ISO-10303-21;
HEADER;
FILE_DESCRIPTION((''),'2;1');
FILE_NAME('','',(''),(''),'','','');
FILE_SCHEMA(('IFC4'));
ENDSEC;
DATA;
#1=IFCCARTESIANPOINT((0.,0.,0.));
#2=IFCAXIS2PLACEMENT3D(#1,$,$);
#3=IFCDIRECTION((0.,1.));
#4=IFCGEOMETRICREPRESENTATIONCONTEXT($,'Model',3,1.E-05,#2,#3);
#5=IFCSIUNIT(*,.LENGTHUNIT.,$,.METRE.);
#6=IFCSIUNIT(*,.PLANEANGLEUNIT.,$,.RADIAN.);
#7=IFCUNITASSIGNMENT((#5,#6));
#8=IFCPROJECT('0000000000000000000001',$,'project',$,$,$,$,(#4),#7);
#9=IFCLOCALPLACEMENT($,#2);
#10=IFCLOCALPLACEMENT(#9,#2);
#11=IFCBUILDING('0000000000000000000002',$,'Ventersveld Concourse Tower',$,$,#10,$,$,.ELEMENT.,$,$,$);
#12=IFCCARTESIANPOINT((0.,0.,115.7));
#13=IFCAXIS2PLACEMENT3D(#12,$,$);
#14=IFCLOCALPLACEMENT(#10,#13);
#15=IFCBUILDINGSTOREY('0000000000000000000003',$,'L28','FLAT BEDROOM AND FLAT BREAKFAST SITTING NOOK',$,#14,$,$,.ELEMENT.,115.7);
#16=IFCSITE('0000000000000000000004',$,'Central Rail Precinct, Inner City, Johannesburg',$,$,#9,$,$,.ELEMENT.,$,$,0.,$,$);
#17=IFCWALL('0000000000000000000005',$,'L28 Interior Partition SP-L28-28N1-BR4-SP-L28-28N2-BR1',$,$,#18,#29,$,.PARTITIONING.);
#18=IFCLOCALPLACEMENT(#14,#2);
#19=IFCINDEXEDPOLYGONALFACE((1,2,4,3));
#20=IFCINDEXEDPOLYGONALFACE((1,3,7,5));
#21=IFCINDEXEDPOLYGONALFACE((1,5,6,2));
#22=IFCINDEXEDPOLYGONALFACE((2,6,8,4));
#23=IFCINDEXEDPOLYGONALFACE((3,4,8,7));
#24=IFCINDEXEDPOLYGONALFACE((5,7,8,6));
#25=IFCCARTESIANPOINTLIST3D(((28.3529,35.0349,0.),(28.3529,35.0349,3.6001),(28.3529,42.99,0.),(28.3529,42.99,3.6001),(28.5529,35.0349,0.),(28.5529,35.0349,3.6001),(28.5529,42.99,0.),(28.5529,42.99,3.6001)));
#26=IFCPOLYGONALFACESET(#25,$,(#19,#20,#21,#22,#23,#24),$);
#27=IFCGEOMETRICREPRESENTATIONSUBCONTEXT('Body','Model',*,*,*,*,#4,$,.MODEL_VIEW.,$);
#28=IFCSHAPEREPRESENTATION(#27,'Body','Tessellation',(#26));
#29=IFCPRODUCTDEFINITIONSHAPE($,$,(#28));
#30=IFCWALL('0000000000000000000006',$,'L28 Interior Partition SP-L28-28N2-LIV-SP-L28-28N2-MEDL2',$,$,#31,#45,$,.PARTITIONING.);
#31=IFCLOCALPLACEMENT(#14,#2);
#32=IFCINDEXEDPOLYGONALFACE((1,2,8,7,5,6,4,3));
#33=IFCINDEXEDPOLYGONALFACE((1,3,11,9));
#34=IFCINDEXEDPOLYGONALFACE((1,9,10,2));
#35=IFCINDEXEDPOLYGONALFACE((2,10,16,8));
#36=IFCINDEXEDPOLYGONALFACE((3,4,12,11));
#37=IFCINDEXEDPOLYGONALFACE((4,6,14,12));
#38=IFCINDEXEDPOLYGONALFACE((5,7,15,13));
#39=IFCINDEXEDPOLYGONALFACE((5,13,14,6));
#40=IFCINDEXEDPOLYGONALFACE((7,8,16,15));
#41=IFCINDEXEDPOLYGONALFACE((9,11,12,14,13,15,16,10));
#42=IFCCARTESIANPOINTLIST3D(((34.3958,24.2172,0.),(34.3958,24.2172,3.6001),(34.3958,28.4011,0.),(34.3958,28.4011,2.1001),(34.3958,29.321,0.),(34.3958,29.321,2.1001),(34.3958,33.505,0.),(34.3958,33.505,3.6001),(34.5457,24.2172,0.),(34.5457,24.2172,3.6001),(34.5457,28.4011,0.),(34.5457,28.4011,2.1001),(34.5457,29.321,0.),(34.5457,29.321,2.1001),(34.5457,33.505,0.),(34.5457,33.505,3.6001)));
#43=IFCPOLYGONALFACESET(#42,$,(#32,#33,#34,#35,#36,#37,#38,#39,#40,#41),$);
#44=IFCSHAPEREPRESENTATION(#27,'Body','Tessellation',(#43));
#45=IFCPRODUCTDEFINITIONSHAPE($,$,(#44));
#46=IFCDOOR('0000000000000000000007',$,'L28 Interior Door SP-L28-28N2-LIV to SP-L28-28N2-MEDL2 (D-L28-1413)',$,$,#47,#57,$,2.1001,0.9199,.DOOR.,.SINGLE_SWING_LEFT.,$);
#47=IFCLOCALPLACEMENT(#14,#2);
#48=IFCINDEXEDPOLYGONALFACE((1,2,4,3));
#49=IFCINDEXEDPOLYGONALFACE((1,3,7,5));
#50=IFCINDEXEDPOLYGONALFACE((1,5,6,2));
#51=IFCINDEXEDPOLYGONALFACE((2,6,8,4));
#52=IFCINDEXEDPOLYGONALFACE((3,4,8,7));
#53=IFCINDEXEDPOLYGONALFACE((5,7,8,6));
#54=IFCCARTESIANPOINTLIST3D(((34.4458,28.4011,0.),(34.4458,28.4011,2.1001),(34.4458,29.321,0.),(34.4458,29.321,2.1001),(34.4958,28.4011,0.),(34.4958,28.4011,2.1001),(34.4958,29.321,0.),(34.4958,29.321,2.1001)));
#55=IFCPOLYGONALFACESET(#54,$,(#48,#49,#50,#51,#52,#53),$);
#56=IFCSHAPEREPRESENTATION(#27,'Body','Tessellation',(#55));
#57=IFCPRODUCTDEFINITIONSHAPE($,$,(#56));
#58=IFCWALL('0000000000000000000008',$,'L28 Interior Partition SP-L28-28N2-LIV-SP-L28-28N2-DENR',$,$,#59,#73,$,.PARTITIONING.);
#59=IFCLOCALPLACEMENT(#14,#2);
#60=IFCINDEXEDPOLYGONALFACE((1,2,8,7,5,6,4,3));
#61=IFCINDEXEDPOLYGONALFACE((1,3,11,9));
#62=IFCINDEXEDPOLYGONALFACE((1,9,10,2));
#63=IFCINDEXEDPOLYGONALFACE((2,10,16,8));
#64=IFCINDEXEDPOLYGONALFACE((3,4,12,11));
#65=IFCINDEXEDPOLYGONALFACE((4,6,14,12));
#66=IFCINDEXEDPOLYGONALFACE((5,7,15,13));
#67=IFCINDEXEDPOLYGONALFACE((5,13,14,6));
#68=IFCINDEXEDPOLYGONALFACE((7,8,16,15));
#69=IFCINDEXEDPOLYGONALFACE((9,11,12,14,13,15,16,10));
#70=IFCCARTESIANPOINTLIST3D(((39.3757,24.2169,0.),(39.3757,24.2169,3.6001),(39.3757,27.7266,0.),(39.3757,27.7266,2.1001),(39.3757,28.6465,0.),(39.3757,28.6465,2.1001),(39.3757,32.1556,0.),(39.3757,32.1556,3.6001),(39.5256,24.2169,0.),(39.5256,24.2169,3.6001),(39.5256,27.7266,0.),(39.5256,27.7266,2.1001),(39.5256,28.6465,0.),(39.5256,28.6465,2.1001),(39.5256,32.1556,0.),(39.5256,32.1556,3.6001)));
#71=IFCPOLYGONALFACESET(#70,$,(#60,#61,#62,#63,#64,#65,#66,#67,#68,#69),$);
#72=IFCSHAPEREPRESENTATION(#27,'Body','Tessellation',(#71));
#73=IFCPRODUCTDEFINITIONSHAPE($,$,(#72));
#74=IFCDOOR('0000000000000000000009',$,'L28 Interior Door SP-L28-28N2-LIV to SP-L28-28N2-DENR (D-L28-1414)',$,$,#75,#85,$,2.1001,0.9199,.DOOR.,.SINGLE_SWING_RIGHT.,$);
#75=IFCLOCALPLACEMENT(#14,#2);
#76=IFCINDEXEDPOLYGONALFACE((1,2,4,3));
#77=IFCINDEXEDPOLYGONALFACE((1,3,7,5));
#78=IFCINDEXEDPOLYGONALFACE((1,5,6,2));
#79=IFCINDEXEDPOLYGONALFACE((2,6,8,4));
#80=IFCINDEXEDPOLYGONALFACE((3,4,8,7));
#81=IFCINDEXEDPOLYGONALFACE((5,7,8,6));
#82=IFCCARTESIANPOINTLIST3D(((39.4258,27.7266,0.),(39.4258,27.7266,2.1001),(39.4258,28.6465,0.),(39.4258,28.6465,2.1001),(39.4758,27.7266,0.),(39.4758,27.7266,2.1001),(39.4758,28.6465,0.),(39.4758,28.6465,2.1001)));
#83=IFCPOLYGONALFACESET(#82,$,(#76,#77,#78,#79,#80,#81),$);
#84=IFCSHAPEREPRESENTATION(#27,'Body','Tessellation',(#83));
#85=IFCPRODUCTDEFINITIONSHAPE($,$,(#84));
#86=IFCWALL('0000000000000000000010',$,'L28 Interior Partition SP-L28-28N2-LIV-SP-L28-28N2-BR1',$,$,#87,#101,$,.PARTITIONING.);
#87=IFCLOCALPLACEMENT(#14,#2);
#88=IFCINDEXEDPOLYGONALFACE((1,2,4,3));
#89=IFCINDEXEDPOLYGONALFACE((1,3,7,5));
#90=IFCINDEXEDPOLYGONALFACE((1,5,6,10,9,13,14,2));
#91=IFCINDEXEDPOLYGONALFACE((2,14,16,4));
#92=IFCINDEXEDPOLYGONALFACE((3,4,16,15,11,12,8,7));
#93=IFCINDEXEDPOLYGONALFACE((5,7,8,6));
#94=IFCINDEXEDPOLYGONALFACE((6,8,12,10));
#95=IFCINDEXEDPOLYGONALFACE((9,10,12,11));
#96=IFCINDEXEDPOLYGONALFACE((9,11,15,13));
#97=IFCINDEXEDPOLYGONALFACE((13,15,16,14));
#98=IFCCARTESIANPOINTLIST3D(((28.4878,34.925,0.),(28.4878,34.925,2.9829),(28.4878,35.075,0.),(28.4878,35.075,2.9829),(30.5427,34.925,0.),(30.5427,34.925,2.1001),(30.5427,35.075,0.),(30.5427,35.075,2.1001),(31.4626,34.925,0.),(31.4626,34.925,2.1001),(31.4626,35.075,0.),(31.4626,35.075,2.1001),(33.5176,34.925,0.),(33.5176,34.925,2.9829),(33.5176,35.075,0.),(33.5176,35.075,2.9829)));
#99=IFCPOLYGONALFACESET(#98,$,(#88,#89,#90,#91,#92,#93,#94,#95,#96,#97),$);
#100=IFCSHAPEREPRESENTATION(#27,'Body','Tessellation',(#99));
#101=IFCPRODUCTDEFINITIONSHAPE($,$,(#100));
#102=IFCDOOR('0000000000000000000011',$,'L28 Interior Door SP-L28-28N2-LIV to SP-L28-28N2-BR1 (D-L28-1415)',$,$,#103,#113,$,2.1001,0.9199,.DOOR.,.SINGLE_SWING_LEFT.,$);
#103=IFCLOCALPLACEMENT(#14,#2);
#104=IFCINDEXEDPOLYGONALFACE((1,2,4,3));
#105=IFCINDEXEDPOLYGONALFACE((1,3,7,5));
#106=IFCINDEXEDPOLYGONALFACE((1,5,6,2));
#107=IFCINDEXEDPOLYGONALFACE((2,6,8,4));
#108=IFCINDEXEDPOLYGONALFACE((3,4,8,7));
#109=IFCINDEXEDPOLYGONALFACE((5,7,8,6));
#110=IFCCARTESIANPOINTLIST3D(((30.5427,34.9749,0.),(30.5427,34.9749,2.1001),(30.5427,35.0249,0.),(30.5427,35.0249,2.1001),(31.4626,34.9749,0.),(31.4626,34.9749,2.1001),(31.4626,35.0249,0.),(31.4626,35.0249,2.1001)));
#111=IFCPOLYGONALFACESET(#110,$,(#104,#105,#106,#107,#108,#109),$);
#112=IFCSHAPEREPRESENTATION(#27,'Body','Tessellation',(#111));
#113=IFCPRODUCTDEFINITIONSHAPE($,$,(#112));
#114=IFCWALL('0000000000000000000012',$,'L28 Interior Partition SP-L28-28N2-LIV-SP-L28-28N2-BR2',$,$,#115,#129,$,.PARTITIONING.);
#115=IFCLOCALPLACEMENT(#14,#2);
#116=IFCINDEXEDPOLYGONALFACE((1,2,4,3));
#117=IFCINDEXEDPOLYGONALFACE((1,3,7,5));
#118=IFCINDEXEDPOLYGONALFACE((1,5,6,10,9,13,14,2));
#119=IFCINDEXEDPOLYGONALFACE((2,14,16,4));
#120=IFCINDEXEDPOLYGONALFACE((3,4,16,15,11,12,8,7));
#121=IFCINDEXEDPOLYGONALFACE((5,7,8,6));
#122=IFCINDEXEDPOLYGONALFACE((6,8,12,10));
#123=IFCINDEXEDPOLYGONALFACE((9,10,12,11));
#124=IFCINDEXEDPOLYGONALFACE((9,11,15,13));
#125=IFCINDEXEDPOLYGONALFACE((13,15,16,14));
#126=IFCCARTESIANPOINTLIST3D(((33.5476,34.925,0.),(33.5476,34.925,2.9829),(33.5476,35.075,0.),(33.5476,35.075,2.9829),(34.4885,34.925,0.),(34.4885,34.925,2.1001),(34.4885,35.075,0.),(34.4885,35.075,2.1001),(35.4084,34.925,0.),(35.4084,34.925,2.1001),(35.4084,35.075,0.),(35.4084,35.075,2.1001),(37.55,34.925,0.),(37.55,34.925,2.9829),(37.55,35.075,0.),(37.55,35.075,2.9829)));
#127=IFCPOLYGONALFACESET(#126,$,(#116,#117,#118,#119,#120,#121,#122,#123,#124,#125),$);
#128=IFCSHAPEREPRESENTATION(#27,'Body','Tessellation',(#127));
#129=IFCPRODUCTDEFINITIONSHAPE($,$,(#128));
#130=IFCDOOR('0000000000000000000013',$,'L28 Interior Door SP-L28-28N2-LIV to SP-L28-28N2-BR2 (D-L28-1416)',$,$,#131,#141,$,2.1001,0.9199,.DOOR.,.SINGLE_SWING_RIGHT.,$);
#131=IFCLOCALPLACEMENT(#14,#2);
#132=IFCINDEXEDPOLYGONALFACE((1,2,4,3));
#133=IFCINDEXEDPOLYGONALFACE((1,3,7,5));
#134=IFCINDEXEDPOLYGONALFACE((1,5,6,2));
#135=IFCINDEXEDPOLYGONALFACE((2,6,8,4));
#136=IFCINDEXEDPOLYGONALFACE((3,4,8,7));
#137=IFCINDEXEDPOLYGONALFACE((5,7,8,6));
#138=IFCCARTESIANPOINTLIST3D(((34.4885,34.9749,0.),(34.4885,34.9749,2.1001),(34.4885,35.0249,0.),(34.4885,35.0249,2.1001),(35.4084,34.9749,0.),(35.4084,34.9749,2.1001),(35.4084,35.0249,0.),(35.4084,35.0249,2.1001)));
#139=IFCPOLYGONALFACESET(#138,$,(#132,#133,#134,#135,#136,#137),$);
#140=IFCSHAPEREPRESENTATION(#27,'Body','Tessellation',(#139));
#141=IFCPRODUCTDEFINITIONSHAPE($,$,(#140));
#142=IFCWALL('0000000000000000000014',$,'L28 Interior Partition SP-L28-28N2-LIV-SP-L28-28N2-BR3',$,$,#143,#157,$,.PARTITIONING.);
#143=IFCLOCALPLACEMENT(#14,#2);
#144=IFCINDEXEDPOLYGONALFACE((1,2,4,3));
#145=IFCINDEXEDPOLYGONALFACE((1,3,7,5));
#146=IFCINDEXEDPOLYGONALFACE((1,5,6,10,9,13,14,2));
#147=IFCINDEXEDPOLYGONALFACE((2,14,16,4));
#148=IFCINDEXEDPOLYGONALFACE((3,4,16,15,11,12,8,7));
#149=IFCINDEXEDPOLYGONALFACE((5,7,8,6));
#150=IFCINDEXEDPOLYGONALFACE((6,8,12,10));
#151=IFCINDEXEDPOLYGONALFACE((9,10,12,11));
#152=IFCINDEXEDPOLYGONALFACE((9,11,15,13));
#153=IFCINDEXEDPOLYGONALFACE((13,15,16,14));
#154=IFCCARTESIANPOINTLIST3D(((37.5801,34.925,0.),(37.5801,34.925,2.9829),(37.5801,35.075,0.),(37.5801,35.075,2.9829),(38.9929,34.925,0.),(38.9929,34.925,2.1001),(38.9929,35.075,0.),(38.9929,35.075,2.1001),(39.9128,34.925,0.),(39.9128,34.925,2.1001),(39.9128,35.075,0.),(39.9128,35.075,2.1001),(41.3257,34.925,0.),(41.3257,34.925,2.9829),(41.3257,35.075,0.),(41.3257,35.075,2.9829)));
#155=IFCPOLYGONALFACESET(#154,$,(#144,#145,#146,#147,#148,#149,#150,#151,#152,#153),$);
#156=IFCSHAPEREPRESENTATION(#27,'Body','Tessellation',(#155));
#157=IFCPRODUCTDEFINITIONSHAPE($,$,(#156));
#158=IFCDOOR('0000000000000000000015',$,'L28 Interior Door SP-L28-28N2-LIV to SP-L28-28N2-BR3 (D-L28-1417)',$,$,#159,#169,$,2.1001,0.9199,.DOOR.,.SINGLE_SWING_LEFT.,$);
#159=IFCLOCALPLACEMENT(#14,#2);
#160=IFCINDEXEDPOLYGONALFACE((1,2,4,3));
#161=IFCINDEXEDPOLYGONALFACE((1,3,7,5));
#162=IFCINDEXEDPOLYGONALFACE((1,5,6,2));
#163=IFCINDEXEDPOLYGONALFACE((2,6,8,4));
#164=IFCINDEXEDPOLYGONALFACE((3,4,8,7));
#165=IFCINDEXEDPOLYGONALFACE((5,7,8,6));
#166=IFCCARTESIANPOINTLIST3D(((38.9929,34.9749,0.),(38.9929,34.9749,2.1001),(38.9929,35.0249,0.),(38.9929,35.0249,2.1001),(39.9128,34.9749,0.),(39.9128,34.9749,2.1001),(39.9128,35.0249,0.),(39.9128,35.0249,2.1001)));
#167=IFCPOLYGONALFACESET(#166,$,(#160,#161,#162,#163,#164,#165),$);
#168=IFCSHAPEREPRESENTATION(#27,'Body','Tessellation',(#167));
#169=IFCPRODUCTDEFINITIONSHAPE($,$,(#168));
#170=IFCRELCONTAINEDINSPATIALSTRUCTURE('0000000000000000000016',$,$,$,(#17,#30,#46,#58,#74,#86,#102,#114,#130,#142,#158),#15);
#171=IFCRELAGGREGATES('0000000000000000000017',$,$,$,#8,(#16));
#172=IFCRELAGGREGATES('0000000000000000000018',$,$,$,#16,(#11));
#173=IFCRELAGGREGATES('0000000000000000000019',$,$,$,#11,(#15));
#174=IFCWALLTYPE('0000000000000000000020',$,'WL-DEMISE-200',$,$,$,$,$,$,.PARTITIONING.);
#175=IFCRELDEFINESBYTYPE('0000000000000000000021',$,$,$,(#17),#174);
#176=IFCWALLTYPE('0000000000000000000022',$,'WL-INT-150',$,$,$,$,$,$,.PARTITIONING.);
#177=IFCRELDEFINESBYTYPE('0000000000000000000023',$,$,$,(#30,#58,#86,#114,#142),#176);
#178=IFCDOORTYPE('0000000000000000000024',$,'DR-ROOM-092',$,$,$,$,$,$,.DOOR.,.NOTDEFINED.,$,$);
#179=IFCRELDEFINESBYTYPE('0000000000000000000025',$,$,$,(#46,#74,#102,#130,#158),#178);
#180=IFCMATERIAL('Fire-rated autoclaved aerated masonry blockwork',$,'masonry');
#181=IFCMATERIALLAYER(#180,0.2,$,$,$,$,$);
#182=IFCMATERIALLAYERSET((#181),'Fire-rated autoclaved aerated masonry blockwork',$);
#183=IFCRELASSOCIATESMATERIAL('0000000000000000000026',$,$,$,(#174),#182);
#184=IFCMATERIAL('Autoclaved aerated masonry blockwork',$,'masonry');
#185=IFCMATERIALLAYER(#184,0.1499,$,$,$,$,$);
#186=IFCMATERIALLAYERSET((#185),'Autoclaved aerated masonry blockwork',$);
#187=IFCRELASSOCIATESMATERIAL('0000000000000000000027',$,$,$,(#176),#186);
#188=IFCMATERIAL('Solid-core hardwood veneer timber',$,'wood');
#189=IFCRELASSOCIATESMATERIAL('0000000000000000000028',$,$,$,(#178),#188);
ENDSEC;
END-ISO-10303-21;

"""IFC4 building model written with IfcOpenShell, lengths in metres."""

from ifc_helpers import new_model, si_unit, direction, frame, frame_2d, origin, place, context, subcontext, project, spatial, rectangle, extrude, material, layer, layer_set, type_object, element, fill, save


model = new_model("IFC4")

# Units and contexts
model_context = context("Model", 3, precision=1e-05, world=origin(), true_north=direction((0.0, 1.0)))
body_context = subcontext(model_context, "Body", "Model", "MODEL_VIEW")
ifc_project = project(units=[si_unit("LENGTHUNIT", "METRE"), si_unit("PLANEANGLEUNIT", "RADIAN")], contexts=[model_context])

# Site, building, storey
site_placement = place(None, origin())
site = spatial("IfcSite", under=ifc_project, at=site_placement, Name="Central Rail Precinct, Inner City, Johannesburg", CompositionType="ELEMENT", RefElevation=0.0)
building_placement = place(site_placement, origin())
building = spatial("IfcBuilding", under=site, at=building_placement, Name="Ventersveld Concourse Tower", CompositionType="ELEMENT")
storey_placement = place(building_placement, frame((0.0, 0.0, 115.7)))
storey = spatial("IfcBuildingStorey", under=building, at=storey_placement, Name="L28", Description="FLAT BEDROOM AND FLAT BREAKFAST SITTING NOOK", CompositionType="ELEMENT", Elevation=115.7)

# Wall
ifc_material_1 = material(Name="Fire-rated autoclaved aerated masonry blockwork", Category="masonry")
ifc_layer_1 = layer(ifc_material_1, 0.2)
ifc_layer_set_1 = layer_set([ifc_layer_1], Name="Fire-rated autoclaved aerated masonry blockwork")
wall_type_1 = type_object("IfcWallType", Name="WL-DEMISE-200", PredefinedType="PARTITIONING", material=ifc_layer_set_1)
wall_1_placement = place(storey_placement, frame((28.4529, 35.0349, 0.0), z_axis=(0.0, 0.0, 1.0), x_axis=(0.0, 1.0, 0.0)))
element("IfcWall", 1, at=wall_1_placement, inside=storey, type_object=wall_type_1, Name="L28 Interior Partition SP-L28-28N1-BR4-SP-L28-28N2-BR1", PredefinedType="PARTITIONING", context=body_context, shape_type="SweptSolid", body=[
    extrude(rectangle(XDim=7.9551, YDim=0.2, at=frame_2d((3.9775, 0.0))), origin(), (0.0, 0.0, 1.0), 3.6001),
])

# Walls, openings, doors
ifc_material_2 = material(Name="Autoclaved aerated masonry blockwork", Category="masonry")
ifc_layer_2 = layer(ifc_material_2, 0.1499)
ifc_layer_set_2 = layer_set([ifc_layer_2], Name="Autoclaved aerated masonry blockwork")
wall_type_2 = type_object("IfcWallType", Name="WL-INT-150", PredefinedType="PARTITIONING", material=ifc_layer_set_2)
wall_2_placement = place(storey_placement, frame((34.4707, 24.217, 0.0), z_axis=(0.0, 0.0, 1.0), x_axis=(0.0, 1.0, 0.0)))
wall_2 = element("IfcWall", 2, at=wall_2_placement, inside=storey, type_object=wall_type_2, Name="L28 Interior Partition SP-L28-28N2-LIV-SP-L28-28N2-MEDL2", PredefinedType="PARTITIONING", context=body_context, shape_type="SweptSolid", body=[
    extrude(rectangle(XDim=9.2878, YDim=0.1499, at=frame_2d((4.644, 0.0))), origin(), (0.0, 0.0, 1.0), 3.6001),
])
opening_1_placement = place(wall_2_placement, frame((4.1841, 0.0, 0.0)))
opening_1 = element("IfcOpeningElement", 3, at=opening_1_placement, cuts=wall_2, PredefinedType="OPENING", context=body_context, shape_type="SweptSolid", body=[
    extrude(rectangle(XDim=0.9199, YDim=2.1001, at=frame_2d((0.46, 1.05))), frame((0.0, 0.085, 0.0), z_axis=(0.0, -1.0, 0.0), x_axis=(1.0, 0.0, 0.0)), (0.0, 0.0, 1.0), 0.1699),
])
ifc_material_3 = material(Name="Solid-core hardwood veneer timber", Category="wood")
door_type = type_object("IfcDoorType", Name="DR-ROOM-092", OperationType="NOTDEFINED", PredefinedType="DOOR", material=ifc_material_3)
door_1_placement = place(opening_1_placement, origin())
door_1 = element("IfcDoor", 4, at=door_1_placement, inside=storey, type_object=door_type, Name="L28 Interior Door SP-L28-28N2-LIV to SP-L28-28N2-MEDL2 (D-L28-1413)", OperationType="SINGLE_SWING_LEFT", OverallHeight=2.1001, OverallWidth=0.9199, PredefinedType="DOOR", context=body_context, shape_type="SweptSolid", body=[
    extrude(rectangle(XDim=0.9199, YDim=2.1001, at=frame_2d((0.46, 1.05))), frame((0.0, 0.0249, 0.0), z_axis=(0.0, -1.0, 0.0), x_axis=(1.0, 0.0, 0.0)), (0.0, 0.0, 1.0), 0.05),
])
fill(opening_1, door_1)
wall_3_placement = place(storey_placement, frame((39.4507, 24.217, 0.0), z_axis=(0.0, 0.0, 1.0), x_axis=(0.0, 1.0, 0.0)))
wall_3 = element("IfcWall", 5, at=wall_3_placement, inside=storey, type_object=wall_type_2, Name="L28 Interior Partition SP-L28-28N2-LIV-SP-L28-28N2-DENR", PredefinedType="PARTITIONING", context=body_context, shape_type="SweptSolid", body=[
    extrude(rectangle(XDim=7.9387, YDim=0.1499, at=frame_2d((3.9692, 0.0))), origin(), (0.0, 0.0, 1.0), 3.6001),
])
opening_2_placement = place(wall_3_placement, frame((3.5095, 0.0, 0.0)))
opening_2 = element("IfcOpeningElement", 6, at=opening_2_placement, cuts=wall_3, PredefinedType="OPENING", context=body_context, shape_type="SweptSolid", body=[
    extrude(rectangle(XDim=0.9199, YDim=2.1001, at=frame_2d((0.46, 1.05))), frame((0.0, 0.085, 0.0), z_axis=(0.0, -1.0, 0.0), x_axis=(1.0, 0.0, 0.0)), (0.0, 0.0, 1.0), 0.1699),
])
door_2_placement = place(opening_2_placement, origin())
door_2 = element("IfcDoor", 7, at=door_2_placement, inside=storey, type_object=door_type, Name="L28 Interior Door SP-L28-28N2-LIV to SP-L28-28N2-DENR (D-L28-1414)", OperationType="SINGLE_SWING_RIGHT", OverallHeight=2.1001, OverallWidth=0.9199, PredefinedType="DOOR", context=body_context, shape_type="SweptSolid", body=[
    extrude(rectangle(XDim=0.9199, YDim=2.1001, at=frame_2d((0.46, 1.05))), frame((0.0, 0.0249, 0.0), z_axis=(0.0, -1.0, 0.0), x_axis=(1.0, 0.0, 0.0)), (0.0, 0.0, 1.0), 0.05),
])
fill(opening_2, door_2)
wall_4_placement = place(storey_placement, frame((28.4878, 35.0, 0.0), z_axis=(0.0, 0.0, 1.0), x_axis=(1.0, 0.0, 0.0)))
wall_4 = element("IfcWall", 8, at=wall_4_placement, inside=storey, type_object=wall_type_2, Name="L28 Interior Partition SP-L28-28N2-LIV-SP-L28-28N2-BR1", PredefinedType="PARTITIONING", context=body_context, shape_type="SweptSolid", body=[
    extrude(rectangle(XDim=5.0298, YDim=0.1499, at=frame_2d((2.5149, 0.0))), origin(), (0.0, 0.0, 1.0), 2.9829),
])
opening_3_placement = place(wall_4_placement, frame((2.0549, 0.0, 0.0)))
opening_3 = element("IfcOpeningElement", 9, at=opening_3_placement, cuts=wall_4, PredefinedType="OPENING", context=body_context, shape_type="SweptSolid", body=[
    extrude(rectangle(XDim=0.9199, YDim=2.1001, at=frame_2d((0.46, 1.05))), frame((0.0, 0.085, 0.0), z_axis=(0.0, -1.0, 0.0), x_axis=(1.0, 0.0, 0.0)), (0.0, 0.0, 1.0), 0.1699),
])
door_3_placement = place(opening_3_placement, origin())
door_3 = element("IfcDoor", 10, at=door_3_placement, inside=storey, type_object=door_type, Name="L28 Interior Door SP-L28-28N2-LIV to SP-L28-28N2-BR1 (D-L28-1415)", OperationType="SINGLE_SWING_LEFT", OverallHeight=2.1001, OverallWidth=0.9199, PredefinedType="DOOR", context=body_context, shape_type="SweptSolid", body=[
    extrude(rectangle(XDim=0.9199, YDim=2.1001, at=frame_2d((0.46, 1.05))), frame((0.0, 0.0249, 0.0), z_axis=(0.0, -1.0, 0.0), x_axis=(1.0, 0.0, 0.0)), (0.0, 0.0, 1.0), 0.05),
])
fill(opening_3, door_3)
wall_5_placement = place(storey_placement, frame((33.5476, 35.0, 0.0), z_axis=(0.0, 0.0, 1.0), x_axis=(1.0, 0.0, 0.0)))
wall_5 = element("IfcWall", 11, at=wall_5_placement, inside=storey, type_object=wall_type_2, Name="L28 Interior Partition SP-L28-28N2-LIV-SP-L28-28N2-BR2", PredefinedType="PARTITIONING", context=body_context, shape_type="SweptSolid", body=[
    extrude(rectangle(XDim=4.0024, YDim=0.1499, at=frame_2d((2.0012, 0.0))), origin(), (0.0, 0.0, 1.0), 2.9829),
])
opening_4_placement = place(wall_5_placement, frame((0.9409, 0.0, 0.0)))
opening_4 = element("IfcOpeningElement", 12, at=opening_4_placement, cuts=wall_5, PredefinedType="OPENING", context=body_context, shape_type="SweptSolid", body=[
    extrude(rectangle(XDim=0.9199, YDim=2.1001, at=frame_2d((0.46, 1.05))), frame((0.0, 0.085, 0.0), z_axis=(0.0, -1.0, 0.0), x_axis=(1.0, 0.0, 0.0)), (0.0, 0.0, 1.0), 0.1699),
])
door_4_placement = place(opening_4_placement, origin())
door_4 = element("IfcDoor", 13, at=door_4_placement, inside=storey, type_object=door_type, Name="L28 Interior Door SP-L28-28N2-LIV to SP-L28-28N2-BR2 (D-L28-1416)", OperationType="SINGLE_SWING_RIGHT", OverallHeight=2.1001, OverallWidth=0.9199, PredefinedType="DOOR", context=body_context, shape_type="SweptSolid", body=[
    extrude(rectangle(XDim=0.9199, YDim=2.1001, at=frame_2d((0.46, 1.05))), frame((0.0, 0.0249, 0.0), z_axis=(0.0, -1.0, 0.0), x_axis=(1.0, 0.0, 0.0)), (0.0, 0.0, 1.0), 0.05),
])
fill(opening_4, door_4)
wall_6_placement = place(storey_placement, frame((37.5801, 35.0, 0.0), z_axis=(0.0, 0.0, 1.0), x_axis=(1.0, 0.0, 0.0)))
wall_6 = element("IfcWall", 14, at=wall_6_placement, inside=storey, type_object=wall_type_2, Name="L28 Interior Partition SP-L28-28N2-LIV-SP-L28-28N2-BR3", PredefinedType="PARTITIONING", context=body_context, shape_type="SweptSolid", body=[
    extrude(rectangle(XDim=3.7456, YDim=0.1499, at=frame_2d((1.8728, 0.0))), origin(), (0.0, 0.0, 1.0), 2.9829),
])
opening_5_placement = place(wall_6_placement, frame((1.4128, 0.0, 0.0)))
opening_5 = element("IfcOpeningElement", 15, at=opening_5_placement, cuts=wall_6, PredefinedType="OPENING", context=body_context, shape_type="SweptSolid", body=[
    extrude(rectangle(XDim=0.9199, YDim=2.1001, at=frame_2d((0.46, 1.05))), frame((0.0, 0.085, 0.0), z_axis=(0.0, -1.0, 0.0), x_axis=(1.0, 0.0, 0.0)), (0.0, 0.0, 1.0), 0.1699),
])
door_5_placement = place(opening_5_placement, origin())
door_5 = element("IfcDoor", 16, at=door_5_placement, inside=storey, type_object=door_type, Name="L28 Interior Door SP-L28-28N2-LIV to SP-L28-28N2-BR3 (D-L28-1417)", OperationType="SINGLE_SWING_LEFT", OverallHeight=2.1001, OverallWidth=0.9199, PredefinedType="DOOR", context=body_context, shape_type="SweptSolid", body=[
    extrude(rectangle(XDim=0.9199, YDim=2.1001, at=frame_2d((0.46, 1.05))), frame((0.0, 0.0249, 0.0), z_axis=(0.0, -1.0, 0.0), x_axis=(1.0, 0.0, 0.0)), (0.0, 0.0, 1.0), 0.05),
])
fill(opening_5, door_5)

save(model, "model.ifc")
